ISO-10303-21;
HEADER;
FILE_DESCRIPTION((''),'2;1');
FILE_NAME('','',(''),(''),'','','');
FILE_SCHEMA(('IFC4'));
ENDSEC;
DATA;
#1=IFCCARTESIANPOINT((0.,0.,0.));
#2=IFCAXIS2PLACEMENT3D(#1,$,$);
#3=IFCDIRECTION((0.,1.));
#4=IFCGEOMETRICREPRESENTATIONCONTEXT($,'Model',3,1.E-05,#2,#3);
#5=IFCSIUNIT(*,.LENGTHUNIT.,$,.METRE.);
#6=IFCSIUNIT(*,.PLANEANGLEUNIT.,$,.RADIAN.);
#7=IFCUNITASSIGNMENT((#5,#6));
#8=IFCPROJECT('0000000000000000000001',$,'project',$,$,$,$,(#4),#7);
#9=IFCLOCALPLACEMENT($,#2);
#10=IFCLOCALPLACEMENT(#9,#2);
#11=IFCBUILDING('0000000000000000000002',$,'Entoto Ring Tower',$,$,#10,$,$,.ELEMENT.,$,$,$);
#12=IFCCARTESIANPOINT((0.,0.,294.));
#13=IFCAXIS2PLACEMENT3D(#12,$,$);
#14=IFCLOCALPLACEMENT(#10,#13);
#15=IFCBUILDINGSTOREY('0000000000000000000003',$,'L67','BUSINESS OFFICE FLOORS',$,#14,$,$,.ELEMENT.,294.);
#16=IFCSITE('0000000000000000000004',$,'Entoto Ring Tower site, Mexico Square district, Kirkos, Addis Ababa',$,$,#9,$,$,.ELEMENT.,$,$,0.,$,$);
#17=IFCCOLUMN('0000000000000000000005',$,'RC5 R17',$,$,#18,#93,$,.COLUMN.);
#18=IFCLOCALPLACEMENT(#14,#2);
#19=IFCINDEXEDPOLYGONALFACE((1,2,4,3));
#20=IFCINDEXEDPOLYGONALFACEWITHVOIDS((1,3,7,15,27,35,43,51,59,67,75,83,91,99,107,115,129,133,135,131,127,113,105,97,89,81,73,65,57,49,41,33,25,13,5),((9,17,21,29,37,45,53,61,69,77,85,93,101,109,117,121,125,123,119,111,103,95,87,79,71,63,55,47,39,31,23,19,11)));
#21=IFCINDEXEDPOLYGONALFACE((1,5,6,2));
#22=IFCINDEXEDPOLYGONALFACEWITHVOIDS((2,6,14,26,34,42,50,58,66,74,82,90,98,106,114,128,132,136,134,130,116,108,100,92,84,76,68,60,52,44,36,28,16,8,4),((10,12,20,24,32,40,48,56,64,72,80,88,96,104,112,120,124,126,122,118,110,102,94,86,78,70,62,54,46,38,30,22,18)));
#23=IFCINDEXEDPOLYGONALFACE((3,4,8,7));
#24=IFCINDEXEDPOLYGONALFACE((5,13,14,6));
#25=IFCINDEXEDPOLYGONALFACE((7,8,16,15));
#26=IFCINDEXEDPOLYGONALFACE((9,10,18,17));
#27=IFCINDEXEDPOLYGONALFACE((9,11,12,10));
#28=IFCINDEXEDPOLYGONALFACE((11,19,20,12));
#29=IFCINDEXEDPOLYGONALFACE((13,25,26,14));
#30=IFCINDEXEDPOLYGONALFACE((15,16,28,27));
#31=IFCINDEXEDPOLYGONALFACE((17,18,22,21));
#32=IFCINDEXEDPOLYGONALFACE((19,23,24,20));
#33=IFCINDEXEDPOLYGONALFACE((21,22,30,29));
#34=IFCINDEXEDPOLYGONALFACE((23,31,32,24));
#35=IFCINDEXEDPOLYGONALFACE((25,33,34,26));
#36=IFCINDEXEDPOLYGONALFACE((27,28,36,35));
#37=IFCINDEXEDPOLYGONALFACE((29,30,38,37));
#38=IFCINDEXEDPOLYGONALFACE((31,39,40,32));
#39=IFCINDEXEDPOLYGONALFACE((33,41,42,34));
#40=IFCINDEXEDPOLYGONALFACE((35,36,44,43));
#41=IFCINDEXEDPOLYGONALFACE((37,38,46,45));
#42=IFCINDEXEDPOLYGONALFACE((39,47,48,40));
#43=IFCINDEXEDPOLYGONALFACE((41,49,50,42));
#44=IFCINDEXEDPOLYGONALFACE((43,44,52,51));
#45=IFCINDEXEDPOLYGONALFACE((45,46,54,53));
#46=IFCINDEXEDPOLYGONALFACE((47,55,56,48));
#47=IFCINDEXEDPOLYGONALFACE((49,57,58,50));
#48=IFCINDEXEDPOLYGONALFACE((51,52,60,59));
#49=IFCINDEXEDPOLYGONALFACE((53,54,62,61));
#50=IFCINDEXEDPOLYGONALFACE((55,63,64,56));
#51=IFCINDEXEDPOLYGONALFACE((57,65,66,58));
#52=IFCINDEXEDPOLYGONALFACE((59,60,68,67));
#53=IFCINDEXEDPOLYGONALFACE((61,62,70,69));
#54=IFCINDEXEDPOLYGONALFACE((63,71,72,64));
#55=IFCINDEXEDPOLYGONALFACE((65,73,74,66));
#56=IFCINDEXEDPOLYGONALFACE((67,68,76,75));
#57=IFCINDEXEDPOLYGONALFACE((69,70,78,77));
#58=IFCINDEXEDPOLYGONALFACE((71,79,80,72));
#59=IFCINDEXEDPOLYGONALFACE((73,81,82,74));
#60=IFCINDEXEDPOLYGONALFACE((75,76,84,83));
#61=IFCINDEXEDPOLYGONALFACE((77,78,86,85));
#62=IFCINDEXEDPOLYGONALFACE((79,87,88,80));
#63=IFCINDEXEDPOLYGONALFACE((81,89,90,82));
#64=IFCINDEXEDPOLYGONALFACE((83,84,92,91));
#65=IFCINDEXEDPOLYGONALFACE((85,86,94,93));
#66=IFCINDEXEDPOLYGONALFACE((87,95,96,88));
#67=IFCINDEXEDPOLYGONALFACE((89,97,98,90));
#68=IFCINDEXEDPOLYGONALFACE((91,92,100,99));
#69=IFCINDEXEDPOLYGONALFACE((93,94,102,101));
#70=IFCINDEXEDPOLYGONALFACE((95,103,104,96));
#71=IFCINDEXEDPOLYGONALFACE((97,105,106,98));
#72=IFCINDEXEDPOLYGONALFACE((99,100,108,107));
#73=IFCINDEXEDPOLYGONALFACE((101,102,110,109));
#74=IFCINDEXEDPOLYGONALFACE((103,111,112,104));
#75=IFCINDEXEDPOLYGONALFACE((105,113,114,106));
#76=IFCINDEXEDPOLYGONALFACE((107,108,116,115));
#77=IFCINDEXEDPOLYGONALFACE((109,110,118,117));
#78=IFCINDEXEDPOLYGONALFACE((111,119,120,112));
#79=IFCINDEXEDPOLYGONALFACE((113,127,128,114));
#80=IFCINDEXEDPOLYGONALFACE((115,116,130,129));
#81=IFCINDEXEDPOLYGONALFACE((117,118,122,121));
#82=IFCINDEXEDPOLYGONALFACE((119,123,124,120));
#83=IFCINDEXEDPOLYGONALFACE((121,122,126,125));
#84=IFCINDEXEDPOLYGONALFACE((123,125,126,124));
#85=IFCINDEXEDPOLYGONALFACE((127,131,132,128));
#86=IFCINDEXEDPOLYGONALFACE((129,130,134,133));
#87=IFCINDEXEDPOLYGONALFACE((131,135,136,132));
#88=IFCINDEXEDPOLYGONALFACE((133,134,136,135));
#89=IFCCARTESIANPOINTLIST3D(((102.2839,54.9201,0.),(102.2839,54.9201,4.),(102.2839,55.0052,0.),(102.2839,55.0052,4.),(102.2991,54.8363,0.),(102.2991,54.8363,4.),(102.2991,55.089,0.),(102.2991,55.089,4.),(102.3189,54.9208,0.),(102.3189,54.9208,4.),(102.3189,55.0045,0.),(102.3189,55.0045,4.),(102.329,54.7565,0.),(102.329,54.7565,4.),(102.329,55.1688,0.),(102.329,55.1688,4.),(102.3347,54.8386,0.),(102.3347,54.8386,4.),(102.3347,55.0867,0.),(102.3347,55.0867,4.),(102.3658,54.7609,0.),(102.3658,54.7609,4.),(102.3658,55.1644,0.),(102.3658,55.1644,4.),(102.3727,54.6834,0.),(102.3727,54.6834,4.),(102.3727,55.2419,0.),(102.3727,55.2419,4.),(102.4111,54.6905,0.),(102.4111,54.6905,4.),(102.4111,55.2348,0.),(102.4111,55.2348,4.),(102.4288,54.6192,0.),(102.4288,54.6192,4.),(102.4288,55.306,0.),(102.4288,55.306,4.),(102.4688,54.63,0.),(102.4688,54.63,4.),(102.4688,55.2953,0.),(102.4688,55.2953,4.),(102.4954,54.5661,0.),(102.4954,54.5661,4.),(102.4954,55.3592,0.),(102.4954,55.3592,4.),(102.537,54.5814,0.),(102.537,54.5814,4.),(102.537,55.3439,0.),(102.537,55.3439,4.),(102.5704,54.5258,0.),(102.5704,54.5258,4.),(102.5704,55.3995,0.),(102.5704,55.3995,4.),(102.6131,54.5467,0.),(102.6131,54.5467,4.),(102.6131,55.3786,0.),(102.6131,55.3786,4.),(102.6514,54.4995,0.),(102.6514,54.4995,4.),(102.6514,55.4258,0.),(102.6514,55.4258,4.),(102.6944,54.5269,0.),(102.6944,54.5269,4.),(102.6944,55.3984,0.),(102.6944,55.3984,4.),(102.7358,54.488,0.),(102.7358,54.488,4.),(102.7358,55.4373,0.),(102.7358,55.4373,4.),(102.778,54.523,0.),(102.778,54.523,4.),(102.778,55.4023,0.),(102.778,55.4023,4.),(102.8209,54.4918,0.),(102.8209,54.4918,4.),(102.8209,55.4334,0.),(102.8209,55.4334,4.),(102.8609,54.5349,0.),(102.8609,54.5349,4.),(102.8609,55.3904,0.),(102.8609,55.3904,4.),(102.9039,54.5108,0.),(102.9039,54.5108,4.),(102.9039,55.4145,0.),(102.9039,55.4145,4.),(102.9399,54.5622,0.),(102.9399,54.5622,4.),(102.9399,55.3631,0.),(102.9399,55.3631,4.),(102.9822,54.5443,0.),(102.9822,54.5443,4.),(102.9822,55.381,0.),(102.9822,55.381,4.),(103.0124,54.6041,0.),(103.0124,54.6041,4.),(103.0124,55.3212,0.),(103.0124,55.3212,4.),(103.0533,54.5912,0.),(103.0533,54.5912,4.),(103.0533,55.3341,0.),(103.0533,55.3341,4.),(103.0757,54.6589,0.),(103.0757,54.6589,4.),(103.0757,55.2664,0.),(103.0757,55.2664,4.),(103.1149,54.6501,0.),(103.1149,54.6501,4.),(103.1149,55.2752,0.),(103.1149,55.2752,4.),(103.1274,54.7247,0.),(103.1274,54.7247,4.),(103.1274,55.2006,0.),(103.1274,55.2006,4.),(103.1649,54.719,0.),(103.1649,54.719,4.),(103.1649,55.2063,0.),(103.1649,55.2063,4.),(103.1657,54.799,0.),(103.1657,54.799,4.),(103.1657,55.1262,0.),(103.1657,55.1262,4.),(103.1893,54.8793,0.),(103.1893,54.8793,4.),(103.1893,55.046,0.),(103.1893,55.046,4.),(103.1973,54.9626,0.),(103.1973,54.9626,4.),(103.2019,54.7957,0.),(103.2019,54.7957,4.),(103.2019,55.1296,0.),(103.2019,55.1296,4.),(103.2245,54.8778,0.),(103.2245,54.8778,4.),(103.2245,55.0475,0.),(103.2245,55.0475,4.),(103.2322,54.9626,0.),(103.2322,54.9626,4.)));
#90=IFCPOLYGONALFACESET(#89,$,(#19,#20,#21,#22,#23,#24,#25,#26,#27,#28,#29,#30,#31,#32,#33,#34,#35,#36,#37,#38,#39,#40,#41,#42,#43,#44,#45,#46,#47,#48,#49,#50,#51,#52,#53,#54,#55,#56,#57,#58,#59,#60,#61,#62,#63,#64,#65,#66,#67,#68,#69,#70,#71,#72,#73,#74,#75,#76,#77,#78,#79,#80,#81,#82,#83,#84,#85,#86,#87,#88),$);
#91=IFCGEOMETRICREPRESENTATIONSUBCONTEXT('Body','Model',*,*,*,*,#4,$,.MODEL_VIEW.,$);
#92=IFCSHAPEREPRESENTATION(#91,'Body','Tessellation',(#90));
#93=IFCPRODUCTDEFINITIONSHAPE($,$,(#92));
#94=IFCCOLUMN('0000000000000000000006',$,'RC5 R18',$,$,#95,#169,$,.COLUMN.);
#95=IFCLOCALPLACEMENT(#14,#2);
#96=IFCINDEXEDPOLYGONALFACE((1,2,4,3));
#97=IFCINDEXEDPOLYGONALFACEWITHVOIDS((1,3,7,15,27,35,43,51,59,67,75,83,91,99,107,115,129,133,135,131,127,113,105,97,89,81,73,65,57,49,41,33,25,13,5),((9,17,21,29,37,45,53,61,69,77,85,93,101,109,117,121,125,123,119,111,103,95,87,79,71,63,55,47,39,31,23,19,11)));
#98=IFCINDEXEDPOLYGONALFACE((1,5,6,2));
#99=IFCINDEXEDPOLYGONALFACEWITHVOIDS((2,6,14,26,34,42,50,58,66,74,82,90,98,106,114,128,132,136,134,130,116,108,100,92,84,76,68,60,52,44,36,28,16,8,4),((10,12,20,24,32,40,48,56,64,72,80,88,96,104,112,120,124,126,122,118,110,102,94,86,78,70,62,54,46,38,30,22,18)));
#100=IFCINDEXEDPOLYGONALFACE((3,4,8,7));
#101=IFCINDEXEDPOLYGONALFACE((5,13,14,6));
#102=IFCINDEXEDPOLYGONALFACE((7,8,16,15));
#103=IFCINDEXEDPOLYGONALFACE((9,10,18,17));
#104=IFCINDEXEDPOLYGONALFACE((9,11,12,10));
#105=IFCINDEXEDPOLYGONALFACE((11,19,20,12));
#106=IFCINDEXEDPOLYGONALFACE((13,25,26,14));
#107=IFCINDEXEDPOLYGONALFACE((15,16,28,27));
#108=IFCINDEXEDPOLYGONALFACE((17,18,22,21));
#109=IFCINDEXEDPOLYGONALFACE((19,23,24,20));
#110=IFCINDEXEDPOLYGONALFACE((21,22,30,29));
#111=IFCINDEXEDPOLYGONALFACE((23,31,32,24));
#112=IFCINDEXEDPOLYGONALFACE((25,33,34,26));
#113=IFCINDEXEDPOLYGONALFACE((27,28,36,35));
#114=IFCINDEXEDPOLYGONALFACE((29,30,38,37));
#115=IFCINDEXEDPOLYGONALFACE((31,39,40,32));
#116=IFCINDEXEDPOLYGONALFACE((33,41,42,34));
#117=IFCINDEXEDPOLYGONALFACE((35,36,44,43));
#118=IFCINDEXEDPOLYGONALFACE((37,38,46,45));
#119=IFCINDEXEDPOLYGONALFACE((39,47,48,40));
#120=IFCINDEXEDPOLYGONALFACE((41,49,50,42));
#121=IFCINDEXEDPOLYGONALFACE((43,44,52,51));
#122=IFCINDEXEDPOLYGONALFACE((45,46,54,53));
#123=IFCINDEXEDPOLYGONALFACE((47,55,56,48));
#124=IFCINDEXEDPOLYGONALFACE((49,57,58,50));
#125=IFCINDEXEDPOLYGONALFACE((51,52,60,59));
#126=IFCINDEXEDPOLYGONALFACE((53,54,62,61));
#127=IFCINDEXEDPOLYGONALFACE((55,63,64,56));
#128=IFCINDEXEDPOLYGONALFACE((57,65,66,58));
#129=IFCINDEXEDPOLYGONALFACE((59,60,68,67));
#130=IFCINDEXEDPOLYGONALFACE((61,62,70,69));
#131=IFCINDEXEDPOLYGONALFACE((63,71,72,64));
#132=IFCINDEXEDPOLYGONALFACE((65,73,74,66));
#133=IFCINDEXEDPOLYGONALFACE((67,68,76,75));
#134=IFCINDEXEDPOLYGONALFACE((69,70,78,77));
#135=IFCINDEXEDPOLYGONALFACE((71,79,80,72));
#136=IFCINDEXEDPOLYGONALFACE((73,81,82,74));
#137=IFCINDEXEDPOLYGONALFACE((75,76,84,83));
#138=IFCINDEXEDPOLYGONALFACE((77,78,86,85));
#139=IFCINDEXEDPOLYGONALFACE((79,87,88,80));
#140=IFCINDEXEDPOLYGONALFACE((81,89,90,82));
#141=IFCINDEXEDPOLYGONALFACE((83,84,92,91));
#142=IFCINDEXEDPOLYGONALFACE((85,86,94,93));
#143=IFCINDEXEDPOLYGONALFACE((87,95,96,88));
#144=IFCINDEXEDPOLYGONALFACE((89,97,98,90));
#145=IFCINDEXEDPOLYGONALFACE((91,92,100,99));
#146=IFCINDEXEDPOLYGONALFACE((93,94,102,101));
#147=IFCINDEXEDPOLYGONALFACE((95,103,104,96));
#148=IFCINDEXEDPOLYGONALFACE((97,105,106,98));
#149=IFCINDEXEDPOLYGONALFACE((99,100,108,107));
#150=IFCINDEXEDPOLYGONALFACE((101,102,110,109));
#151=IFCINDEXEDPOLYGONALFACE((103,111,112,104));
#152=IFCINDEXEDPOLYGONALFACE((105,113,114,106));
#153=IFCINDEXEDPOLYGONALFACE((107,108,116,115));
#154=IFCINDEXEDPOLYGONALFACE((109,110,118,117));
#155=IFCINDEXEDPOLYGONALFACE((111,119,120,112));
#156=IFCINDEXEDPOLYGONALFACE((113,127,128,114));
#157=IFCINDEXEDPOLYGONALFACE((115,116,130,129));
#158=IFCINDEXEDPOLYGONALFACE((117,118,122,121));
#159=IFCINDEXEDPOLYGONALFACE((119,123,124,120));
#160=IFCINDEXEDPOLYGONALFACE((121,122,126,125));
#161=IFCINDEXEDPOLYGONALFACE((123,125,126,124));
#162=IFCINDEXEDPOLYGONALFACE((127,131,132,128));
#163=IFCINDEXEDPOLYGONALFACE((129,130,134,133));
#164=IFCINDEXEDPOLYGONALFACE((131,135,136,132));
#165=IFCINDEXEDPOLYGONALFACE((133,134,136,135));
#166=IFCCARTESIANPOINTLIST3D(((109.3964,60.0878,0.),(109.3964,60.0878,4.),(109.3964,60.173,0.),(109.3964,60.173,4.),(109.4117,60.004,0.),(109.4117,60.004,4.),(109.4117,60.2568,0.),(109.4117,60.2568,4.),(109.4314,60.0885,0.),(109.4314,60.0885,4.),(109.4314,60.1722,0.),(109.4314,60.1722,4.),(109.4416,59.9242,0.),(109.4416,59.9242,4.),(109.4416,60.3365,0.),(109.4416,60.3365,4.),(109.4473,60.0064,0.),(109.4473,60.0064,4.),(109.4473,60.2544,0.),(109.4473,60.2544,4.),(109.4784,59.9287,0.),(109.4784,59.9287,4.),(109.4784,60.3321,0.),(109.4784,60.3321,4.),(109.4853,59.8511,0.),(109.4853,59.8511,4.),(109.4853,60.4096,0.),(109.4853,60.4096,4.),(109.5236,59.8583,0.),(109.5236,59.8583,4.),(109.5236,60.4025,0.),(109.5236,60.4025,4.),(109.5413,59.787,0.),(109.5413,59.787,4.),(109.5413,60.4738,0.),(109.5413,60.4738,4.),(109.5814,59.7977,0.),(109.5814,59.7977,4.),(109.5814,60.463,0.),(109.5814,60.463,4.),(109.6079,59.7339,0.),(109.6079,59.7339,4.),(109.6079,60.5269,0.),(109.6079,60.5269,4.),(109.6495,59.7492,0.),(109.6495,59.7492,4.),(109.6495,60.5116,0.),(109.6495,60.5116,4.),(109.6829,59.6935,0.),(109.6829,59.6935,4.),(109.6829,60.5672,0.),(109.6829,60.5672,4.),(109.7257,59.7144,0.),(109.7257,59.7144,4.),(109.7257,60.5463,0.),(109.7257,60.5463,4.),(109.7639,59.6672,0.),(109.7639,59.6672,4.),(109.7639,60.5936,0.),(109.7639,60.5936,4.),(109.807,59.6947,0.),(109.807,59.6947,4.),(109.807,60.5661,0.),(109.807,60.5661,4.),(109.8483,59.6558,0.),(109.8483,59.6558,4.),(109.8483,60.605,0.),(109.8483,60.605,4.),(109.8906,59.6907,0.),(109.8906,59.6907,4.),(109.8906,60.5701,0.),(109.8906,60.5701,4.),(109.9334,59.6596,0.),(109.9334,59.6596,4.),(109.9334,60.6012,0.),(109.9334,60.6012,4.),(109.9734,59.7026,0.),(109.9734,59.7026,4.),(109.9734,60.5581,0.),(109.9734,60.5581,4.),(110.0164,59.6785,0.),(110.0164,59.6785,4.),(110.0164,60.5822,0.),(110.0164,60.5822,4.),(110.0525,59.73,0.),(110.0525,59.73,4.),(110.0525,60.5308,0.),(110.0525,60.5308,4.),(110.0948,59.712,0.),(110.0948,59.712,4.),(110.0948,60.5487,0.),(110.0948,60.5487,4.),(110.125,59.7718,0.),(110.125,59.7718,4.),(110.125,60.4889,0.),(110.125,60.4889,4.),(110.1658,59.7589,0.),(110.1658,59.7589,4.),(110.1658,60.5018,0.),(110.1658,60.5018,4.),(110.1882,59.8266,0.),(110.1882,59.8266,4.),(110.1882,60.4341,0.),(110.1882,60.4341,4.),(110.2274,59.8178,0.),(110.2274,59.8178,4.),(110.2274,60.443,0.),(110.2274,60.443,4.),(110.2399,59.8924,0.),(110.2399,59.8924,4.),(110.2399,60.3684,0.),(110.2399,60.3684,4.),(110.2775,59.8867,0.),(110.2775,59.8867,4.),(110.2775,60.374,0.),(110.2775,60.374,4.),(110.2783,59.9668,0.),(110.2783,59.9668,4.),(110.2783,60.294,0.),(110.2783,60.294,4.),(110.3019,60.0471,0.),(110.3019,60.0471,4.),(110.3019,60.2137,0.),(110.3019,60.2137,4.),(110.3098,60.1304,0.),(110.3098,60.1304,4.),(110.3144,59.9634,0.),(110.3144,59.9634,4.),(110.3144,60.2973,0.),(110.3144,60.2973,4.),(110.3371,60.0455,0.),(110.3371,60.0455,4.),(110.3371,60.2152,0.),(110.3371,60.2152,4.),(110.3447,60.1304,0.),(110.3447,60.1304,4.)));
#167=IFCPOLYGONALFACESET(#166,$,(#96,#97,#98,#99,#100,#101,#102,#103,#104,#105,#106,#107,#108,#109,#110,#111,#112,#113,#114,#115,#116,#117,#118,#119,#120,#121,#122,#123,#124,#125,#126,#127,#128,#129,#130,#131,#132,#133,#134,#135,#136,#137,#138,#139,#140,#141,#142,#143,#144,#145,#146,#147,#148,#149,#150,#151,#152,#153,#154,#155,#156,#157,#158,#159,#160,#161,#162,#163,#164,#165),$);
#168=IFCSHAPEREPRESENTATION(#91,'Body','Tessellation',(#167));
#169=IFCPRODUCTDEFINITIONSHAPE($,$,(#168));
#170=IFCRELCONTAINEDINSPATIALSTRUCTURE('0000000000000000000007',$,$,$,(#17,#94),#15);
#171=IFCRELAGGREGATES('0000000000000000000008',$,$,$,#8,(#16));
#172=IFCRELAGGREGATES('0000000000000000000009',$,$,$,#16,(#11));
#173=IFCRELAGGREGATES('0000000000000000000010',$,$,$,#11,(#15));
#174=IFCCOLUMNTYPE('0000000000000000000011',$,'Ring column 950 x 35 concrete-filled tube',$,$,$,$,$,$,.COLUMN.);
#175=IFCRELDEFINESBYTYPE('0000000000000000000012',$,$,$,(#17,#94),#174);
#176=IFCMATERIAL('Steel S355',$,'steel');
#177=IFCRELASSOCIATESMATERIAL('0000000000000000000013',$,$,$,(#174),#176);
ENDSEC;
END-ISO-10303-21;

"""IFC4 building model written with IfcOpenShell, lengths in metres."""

from ifc_helpers import new_model, si_unit, direction, frame, origin, origin_2d, place, context, subcontext, project, spatial, circle, hollow_circle, extrude, material, material_profile, profile_set, type_object, element, save


model = new_model("IFC4")

# Units and contexts
model_context = context("Model", 3, precision=1e-05, world=origin(), true_north=direction((0.0, 1.0)))
body_context = subcontext(model_context, "Body", "Model", "MODEL_VIEW")
ifc_project = project(units=[si_unit("LENGTHUNIT", "METRE"), si_unit("PLANEANGLEUNIT", "RADIAN")], contexts=[model_context])

# Site, building, storey
site_placement = place(None, origin())
site = spatial("IfcSite", under=ifc_project, at=site_placement, Name="Entoto Ring Tower site, Mexico Square district, Kirkos, Addis Ababa", CompositionType="ELEMENT", RefElevation=0.0)
building_placement = place(site_placement, origin())
building = spatial("IfcBuilding", under=site, at=building_placement, Name="Entoto Ring Tower", CompositionType="ELEMENT")
storey_placement = place(building_placement, frame((0.0, 0.0, 294.0)))
storey = spatial("IfcBuildingStorey", under=building, at=storey_placement, Name="L67", Description="BUSINESS OFFICE FLOORS", CompositionType="ELEMENT", Elevation=294.0)

# Columns
ifc_material_1 = material(Name="Steel S355", Category="steel")
ifc_material_profile_1 = material_profile(ifc_material_1, hollow_circle(Radius=0.4751, WallThickness=0.0349, at=origin_2d()), Name="CHS 950 x 35")
ifc_material_2 = material(Name="Concrete C60/75", Category="concrete")
ifc_material_profile_2 = material_profile(ifc_material_2, circle(Radius=0.4399, at=origin_2d()), Name="Concrete C60/75 infill")
ifc_profile_set_1 = profile_set([ifc_material_profile_1, ifc_material_profile_2], Name="Steel S355")
column_type = type_object("IfcColumnType", Name="Ring column 950 x 35 concrete-filled tube", PredefinedType="COLUMN", material=ifc_profile_set_1)
for number, where, z_axis, x_axis, name in (
    (1, (102.7571, 54.9626, 0.0), (0.0, 0.0, 1.0), (1.0, 0.0, 0.0), "RC5 R17"),
    (2, (109.8696, 60.1304, 0.0), (0.0, 0.0, 1.0), (1.0, 0.0, 0.0), "RC5 R18"),
):
    element("IfcColumn", number, at=place(storey_placement, frame(where, z_axis=z_axis, x_axis=x_axis)), inside=storey, type_object=column_type, Name=name, PredefinedType="COLUMN", context=body_context, shape_type="SweptSolid", body=[
        extrude(hollow_circle(Radius=0.4751, WallThickness=0.0349, at=origin_2d()), origin(), (0.0, 0.0, 1.0), 4.0),
    ])

save(model, "model.ifc")
